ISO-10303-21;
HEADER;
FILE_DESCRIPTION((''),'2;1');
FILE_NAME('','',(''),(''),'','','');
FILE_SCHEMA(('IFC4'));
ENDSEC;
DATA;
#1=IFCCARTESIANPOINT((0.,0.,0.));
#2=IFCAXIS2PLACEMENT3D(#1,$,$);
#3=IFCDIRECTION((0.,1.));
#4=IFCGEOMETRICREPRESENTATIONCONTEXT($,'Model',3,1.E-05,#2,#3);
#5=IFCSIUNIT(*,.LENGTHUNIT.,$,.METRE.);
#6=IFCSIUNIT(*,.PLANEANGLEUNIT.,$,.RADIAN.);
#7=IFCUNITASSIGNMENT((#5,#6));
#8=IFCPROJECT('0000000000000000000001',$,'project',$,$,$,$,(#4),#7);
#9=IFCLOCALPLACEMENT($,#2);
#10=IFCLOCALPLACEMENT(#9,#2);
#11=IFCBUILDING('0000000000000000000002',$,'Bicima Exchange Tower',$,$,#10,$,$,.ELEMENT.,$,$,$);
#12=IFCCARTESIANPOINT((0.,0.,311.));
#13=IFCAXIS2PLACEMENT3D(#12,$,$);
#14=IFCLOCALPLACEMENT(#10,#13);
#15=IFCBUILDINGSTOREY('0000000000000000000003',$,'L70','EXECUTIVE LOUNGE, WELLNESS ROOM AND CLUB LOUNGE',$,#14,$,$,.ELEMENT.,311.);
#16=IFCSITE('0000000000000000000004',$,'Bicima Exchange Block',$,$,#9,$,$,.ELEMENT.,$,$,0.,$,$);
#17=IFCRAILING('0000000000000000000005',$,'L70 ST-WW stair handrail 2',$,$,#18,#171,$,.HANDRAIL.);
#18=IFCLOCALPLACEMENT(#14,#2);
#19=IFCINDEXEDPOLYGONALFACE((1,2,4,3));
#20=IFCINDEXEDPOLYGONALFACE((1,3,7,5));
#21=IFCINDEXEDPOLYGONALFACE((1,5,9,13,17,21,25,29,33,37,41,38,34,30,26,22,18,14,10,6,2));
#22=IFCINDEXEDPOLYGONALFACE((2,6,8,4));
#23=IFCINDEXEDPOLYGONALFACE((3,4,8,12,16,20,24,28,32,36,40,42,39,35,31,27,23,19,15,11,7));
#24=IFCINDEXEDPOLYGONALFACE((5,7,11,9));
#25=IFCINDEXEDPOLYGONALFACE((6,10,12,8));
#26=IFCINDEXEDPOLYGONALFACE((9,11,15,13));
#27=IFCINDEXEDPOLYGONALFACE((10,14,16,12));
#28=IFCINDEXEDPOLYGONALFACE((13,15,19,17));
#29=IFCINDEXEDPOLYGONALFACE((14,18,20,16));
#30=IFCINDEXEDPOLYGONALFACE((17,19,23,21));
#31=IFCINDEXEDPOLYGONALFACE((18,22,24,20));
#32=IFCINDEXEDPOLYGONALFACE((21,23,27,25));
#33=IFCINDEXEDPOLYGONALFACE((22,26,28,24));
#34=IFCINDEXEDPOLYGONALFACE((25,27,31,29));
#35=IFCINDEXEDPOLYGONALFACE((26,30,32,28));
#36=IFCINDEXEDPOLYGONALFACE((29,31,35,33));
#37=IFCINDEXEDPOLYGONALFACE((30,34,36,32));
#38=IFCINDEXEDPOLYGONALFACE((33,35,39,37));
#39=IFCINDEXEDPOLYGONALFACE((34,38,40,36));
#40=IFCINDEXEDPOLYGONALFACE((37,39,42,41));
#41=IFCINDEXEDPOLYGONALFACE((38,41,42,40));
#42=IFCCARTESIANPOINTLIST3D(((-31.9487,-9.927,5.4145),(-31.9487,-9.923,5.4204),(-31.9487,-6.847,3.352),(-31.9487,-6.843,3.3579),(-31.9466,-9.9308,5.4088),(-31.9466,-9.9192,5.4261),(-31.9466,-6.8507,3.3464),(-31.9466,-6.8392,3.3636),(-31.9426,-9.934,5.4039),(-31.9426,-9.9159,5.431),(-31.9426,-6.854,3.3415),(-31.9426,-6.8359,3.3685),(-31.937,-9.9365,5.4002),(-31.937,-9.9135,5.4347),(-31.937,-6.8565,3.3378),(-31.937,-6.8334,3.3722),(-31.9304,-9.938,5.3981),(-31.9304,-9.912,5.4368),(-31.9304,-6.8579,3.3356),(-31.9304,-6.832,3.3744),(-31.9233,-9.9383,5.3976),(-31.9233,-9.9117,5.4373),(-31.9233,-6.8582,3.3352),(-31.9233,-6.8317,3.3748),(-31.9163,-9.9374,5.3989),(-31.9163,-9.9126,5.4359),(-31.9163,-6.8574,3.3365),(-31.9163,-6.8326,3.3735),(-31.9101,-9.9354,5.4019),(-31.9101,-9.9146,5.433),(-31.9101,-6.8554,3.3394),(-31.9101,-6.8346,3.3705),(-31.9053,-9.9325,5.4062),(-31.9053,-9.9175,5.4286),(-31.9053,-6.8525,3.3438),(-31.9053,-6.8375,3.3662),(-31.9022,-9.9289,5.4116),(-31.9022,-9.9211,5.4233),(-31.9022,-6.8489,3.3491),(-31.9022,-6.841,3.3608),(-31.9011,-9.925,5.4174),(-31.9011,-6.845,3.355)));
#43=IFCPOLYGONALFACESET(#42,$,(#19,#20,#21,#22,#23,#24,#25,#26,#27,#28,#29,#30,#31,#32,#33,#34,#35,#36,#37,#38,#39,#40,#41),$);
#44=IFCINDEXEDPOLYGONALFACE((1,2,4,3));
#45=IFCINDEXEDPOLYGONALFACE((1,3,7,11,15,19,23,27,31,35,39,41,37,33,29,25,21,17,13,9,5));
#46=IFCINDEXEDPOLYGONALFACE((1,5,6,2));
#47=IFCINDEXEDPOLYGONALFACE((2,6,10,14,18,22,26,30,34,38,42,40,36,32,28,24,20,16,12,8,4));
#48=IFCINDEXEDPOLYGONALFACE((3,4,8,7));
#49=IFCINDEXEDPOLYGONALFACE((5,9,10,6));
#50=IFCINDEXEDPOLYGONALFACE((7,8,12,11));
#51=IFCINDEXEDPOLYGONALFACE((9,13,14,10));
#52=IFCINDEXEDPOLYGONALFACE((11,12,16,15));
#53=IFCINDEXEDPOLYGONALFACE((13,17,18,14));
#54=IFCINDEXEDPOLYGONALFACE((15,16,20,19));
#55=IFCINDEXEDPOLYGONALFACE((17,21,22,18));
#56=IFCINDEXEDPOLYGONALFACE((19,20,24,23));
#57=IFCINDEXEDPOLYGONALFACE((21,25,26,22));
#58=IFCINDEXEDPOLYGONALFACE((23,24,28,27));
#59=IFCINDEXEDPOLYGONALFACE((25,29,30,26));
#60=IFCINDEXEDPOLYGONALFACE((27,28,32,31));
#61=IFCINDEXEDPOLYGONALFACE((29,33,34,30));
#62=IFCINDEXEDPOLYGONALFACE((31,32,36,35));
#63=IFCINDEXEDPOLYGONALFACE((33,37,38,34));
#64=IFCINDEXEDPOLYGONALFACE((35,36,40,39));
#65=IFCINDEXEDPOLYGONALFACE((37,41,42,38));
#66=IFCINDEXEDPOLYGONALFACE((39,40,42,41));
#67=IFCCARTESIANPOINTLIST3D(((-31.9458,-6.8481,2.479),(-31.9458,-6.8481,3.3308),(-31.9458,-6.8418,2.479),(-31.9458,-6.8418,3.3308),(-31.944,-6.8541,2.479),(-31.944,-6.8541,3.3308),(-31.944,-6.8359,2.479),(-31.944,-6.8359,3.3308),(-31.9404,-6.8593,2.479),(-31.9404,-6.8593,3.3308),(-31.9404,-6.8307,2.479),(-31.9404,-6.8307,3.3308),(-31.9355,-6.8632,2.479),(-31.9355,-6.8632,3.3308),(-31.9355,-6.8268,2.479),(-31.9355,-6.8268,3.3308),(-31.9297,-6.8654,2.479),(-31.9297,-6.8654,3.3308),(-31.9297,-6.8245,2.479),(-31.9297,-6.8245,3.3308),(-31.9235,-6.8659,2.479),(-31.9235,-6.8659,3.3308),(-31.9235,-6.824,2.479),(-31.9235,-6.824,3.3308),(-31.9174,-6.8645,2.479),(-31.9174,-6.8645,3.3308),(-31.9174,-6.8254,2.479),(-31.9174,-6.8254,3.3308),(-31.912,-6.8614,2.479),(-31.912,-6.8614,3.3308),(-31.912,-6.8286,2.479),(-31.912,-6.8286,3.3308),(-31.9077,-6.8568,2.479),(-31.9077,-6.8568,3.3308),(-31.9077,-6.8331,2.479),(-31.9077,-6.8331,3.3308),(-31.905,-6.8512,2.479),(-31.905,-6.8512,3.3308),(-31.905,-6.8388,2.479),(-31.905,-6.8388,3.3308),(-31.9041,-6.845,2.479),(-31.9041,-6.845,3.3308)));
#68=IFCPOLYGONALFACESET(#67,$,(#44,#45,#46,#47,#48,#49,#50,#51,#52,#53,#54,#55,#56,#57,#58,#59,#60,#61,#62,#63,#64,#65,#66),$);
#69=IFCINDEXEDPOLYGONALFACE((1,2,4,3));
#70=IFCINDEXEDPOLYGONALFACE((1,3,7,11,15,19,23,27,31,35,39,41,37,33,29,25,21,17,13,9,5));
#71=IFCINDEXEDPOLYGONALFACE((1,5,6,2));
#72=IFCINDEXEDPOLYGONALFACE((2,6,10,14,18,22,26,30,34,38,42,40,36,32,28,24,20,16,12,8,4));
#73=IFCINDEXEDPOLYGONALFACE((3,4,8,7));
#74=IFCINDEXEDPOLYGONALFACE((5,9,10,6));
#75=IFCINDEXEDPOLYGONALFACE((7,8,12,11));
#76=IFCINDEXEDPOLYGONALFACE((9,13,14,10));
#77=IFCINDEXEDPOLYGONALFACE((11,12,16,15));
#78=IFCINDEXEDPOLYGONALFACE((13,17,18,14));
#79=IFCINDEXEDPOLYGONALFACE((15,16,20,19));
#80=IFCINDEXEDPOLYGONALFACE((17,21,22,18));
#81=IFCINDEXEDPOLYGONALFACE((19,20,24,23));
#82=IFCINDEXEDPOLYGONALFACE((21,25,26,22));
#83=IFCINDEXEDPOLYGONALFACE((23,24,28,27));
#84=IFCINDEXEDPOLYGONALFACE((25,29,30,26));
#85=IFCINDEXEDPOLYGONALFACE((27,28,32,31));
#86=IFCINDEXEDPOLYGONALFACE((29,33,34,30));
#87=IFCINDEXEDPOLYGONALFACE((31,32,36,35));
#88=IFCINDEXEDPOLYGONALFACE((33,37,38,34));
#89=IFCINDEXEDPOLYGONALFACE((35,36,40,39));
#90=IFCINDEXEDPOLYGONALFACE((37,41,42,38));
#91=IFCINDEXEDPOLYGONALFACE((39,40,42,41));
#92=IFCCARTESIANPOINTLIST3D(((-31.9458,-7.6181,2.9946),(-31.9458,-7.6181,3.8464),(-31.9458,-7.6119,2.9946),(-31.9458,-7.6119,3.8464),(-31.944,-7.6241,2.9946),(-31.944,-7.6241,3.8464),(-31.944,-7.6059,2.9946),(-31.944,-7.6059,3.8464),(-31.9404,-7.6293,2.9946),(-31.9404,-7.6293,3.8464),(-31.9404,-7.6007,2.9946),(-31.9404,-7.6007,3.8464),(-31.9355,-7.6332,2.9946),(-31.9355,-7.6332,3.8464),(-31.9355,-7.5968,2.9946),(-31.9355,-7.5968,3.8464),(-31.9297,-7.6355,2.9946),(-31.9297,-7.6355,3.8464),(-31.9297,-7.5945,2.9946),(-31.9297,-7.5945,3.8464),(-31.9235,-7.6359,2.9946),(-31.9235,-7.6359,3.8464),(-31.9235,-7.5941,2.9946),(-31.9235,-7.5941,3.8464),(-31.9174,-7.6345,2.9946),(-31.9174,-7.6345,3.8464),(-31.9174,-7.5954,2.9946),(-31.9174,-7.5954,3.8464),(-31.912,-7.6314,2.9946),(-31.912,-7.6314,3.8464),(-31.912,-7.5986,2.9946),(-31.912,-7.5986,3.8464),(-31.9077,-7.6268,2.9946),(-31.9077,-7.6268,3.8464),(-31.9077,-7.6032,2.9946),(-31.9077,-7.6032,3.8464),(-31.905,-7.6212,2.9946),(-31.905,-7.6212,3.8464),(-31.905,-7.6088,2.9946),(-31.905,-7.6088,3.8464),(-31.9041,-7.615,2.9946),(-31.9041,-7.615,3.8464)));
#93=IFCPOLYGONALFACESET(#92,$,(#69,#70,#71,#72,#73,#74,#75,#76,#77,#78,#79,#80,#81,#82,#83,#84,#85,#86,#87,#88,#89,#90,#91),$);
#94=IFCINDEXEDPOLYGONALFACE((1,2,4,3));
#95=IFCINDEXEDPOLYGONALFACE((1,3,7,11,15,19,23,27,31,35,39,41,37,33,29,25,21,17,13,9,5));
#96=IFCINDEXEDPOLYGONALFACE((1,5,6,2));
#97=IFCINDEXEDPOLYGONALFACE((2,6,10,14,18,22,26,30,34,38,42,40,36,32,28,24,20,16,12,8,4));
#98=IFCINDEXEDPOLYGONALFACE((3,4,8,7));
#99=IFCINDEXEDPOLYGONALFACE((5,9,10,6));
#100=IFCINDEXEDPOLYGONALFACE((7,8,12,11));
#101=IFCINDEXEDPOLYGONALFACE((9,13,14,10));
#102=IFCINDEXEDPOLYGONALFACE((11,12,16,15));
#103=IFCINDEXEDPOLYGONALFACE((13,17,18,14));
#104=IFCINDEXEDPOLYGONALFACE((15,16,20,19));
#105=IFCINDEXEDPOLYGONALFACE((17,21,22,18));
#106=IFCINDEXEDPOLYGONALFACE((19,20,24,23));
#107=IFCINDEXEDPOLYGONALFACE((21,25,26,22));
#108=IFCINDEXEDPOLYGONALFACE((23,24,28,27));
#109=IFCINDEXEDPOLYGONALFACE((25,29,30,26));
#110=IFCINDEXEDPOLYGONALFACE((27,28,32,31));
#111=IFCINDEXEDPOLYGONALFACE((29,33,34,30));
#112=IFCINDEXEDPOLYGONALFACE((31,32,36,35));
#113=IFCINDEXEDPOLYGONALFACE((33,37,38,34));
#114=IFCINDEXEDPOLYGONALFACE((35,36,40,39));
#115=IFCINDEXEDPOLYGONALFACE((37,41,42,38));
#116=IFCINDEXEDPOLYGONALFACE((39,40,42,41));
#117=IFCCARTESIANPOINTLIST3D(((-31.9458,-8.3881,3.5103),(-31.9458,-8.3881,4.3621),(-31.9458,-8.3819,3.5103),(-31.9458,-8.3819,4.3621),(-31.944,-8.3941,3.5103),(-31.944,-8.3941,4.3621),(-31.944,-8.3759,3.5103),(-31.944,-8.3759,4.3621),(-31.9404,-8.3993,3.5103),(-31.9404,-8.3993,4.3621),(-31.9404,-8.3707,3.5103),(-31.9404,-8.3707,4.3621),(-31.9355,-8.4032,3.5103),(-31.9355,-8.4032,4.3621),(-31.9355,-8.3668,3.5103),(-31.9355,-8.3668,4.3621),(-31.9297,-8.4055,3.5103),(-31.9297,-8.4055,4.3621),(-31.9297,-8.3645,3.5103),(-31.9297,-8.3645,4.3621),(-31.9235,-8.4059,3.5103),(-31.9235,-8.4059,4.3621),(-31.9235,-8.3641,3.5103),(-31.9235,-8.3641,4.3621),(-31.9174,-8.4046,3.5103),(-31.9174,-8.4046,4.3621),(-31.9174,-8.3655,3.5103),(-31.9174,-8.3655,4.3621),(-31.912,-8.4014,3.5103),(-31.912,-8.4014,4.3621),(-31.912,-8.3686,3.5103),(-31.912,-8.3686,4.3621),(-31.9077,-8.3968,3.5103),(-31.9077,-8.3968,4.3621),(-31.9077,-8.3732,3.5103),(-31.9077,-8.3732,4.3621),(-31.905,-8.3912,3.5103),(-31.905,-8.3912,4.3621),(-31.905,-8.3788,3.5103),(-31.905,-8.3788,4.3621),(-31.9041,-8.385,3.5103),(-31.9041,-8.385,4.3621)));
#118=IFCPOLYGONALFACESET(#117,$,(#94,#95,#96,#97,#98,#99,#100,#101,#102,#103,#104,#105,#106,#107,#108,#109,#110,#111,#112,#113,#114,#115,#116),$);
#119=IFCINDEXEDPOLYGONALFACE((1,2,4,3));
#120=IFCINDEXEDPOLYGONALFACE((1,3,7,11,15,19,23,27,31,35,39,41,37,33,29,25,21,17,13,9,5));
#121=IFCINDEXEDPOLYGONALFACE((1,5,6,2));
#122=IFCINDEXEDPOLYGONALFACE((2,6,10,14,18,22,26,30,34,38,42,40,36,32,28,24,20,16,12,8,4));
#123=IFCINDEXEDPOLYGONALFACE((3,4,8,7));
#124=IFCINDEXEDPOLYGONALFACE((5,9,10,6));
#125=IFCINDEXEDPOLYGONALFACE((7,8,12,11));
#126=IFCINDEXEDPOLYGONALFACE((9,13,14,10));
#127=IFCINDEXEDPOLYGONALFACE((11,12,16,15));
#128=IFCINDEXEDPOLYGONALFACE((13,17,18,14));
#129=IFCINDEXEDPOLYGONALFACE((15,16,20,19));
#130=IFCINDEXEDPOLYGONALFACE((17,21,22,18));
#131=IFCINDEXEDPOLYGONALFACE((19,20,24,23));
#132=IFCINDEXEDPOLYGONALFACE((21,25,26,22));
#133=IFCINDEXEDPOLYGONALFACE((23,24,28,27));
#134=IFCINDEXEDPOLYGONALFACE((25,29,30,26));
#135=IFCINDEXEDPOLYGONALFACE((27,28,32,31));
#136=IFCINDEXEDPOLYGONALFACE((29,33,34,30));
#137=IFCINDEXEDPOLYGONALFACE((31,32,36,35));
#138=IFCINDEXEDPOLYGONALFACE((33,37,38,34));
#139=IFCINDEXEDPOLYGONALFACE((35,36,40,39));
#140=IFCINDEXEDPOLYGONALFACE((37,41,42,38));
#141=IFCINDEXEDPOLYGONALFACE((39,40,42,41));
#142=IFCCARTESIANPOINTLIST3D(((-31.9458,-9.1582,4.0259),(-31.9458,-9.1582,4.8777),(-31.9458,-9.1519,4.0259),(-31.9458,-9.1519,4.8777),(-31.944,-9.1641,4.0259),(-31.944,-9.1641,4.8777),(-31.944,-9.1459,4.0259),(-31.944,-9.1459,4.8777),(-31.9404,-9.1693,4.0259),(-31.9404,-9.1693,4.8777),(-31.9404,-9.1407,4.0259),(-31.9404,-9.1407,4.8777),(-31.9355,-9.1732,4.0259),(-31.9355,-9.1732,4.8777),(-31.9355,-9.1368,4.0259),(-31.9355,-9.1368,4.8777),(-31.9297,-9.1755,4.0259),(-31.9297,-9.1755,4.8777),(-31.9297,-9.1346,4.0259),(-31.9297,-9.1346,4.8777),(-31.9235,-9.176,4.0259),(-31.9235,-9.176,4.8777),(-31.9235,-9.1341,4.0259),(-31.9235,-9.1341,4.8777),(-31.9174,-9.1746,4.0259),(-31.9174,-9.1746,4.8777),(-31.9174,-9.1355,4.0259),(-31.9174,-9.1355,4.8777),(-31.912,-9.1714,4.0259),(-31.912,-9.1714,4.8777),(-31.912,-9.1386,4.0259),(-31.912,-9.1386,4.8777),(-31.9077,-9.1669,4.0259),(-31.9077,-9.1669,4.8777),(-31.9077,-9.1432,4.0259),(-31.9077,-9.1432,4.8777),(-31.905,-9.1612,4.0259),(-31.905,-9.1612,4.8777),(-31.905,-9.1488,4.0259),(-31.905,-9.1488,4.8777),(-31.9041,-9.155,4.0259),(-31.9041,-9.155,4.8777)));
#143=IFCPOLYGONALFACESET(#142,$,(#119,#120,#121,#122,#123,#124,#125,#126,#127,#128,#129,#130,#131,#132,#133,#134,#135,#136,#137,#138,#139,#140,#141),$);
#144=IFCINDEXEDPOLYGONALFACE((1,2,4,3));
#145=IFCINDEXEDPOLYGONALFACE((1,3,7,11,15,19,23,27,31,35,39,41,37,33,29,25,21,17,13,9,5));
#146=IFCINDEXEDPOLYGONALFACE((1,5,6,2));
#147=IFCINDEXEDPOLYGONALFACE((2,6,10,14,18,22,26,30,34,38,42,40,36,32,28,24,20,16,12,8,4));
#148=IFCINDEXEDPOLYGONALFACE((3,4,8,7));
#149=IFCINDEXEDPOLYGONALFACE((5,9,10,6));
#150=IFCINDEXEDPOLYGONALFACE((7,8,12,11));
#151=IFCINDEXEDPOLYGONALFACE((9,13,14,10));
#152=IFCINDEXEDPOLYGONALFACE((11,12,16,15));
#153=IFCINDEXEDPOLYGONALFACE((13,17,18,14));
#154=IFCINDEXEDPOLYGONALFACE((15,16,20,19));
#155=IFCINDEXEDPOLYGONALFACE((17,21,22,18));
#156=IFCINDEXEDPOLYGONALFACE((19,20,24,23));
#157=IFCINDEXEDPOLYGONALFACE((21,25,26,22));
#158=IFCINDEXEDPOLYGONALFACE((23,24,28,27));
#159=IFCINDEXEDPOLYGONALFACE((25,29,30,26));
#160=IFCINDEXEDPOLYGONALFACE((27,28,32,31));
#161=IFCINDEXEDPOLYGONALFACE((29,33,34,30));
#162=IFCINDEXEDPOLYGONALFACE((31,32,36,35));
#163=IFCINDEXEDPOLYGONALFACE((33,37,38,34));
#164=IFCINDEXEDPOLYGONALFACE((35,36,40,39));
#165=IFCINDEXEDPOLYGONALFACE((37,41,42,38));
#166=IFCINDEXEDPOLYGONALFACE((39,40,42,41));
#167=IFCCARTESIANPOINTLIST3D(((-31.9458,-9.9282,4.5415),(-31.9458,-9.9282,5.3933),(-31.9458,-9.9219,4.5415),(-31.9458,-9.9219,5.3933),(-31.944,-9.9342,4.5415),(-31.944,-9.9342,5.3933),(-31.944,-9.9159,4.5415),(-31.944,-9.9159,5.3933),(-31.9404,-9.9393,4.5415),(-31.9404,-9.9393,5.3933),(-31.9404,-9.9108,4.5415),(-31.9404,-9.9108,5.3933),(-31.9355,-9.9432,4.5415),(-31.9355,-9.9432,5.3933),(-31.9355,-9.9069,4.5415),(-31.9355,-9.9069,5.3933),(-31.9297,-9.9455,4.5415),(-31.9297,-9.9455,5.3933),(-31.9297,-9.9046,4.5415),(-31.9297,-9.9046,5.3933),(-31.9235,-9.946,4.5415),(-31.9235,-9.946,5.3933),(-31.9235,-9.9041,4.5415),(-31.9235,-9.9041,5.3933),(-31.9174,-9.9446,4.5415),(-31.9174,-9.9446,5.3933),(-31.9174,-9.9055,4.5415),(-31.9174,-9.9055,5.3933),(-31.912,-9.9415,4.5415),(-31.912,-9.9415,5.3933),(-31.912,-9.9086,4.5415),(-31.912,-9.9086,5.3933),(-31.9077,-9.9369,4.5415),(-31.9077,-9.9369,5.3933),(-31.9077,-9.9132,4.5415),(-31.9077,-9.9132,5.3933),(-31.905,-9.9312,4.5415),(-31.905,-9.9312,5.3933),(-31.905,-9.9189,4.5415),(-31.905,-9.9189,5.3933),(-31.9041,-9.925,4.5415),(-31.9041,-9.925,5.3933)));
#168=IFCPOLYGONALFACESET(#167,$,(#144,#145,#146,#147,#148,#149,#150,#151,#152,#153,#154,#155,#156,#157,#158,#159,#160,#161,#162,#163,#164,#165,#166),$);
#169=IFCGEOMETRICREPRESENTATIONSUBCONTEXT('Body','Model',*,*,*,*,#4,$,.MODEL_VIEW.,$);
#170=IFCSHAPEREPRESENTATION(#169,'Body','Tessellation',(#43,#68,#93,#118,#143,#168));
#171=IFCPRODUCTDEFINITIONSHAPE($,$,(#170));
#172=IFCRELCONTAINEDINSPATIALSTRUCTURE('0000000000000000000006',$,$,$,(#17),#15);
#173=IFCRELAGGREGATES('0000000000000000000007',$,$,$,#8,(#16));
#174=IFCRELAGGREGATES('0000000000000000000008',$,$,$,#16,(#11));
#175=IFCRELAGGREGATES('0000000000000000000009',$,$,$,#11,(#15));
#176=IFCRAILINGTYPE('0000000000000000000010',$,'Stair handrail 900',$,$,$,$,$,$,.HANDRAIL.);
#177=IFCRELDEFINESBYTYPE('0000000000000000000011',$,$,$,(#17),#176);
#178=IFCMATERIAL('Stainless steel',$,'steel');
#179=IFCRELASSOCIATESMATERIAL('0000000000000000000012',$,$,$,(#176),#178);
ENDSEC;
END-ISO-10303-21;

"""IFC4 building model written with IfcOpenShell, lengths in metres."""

from ifc_helpers import new_model, si_unit, direction, frame, origin, origin_2d, place, context, subcontext, project, spatial, circle, extrude, material, type_object, element, save


model = new_model("IFC4")

# Units and contexts
model_context = context("Model", 3, precision=1e-05, world=origin(), true_north=direction((0.0, 1.0)))
body_context = subcontext(model_context, "Body", "Model", "MODEL_VIEW")
ifc_project = project(units=[si_unit("LENGTHUNIT", "METRE"), si_unit("PLANEANGLEUNIT", "RADIAN")], contexts=[model_context])

# Site, building, storey
site_placement = place(None, origin())
site = spatial("IfcSite", under=ifc_project, at=site_placement, Name="Bicima Exchange Block", CompositionType="ELEMENT", RefElevation=0.0)
building_placement = place(site_placement, origin())
building = spatial("IfcBuilding", under=site, at=building_placement, Name="Bicima Exchange Tower", CompositionType="ELEMENT")
storey_placement = place(building_placement, frame((0.0, 0.0, 311.0)))
storey = spatial("IfcBuildingStorey", under=building, at=storey_placement, Name="L70", Description="EXECUTIVE LOUNGE, WELLNESS ROOM AND CLUB LOUNGE", CompositionType="ELEMENT", Elevation=311.0)

# Railing
ifc_material_1 = material(Name="Stainless steel", Category="steel")
railing_type_1 = type_object("IfcRailingType", Name="Stair handrail 900", PredefinedType="HANDRAIL", material=ifc_material_1)
railing_1_placement = place(storey_placement, frame((-31.925, -6.845, 2.479)))
element("IfcRailing", 1, at=railing_1_placement, inside=storey, type_object=railing_type_1, Name="L70 ST-WW stair handrail 2", PredefinedType="HANDRAIL", context=body_context, shape_type="SweptSolid", body=[
    extrude(circle(Radius=0.0239, at=origin_2d()), frame((0.0, 0.0, 0.876), z_axis=(0.0, -0.830914, 0.556401), x_axis=(1.0, 0.0, 0.0)), (0.0, 0.0, 1.0), 3.7068),
    extrude(circle(Radius=0.021, at=origin_2d()), origin(), (0.0, 0.0, 1.0), 0.8518),
    extrude(circle(Radius=0.021, at=origin_2d()), frame((0.0, -0.77, 0.5156)), (0.0, 0.0, 1.0), 0.8518),
    extrude(circle(Radius=0.021, at=origin_2d()), frame((0.0, -1.54, 1.0312)), (0.0, 0.0, 1.0), 0.8518),
    extrude(circle(Radius=0.021, at=origin_2d()), frame((0.0, -2.3101, 1.5469)), (0.0, 0.0, 1.0), 0.8518),
    extrude(circle(Radius=0.021, at=origin_2d()), frame((0.0, -3.0801, 2.0625)), (0.0, 0.0, 1.0), 0.8518),
])

save(model, "model.ifc")
